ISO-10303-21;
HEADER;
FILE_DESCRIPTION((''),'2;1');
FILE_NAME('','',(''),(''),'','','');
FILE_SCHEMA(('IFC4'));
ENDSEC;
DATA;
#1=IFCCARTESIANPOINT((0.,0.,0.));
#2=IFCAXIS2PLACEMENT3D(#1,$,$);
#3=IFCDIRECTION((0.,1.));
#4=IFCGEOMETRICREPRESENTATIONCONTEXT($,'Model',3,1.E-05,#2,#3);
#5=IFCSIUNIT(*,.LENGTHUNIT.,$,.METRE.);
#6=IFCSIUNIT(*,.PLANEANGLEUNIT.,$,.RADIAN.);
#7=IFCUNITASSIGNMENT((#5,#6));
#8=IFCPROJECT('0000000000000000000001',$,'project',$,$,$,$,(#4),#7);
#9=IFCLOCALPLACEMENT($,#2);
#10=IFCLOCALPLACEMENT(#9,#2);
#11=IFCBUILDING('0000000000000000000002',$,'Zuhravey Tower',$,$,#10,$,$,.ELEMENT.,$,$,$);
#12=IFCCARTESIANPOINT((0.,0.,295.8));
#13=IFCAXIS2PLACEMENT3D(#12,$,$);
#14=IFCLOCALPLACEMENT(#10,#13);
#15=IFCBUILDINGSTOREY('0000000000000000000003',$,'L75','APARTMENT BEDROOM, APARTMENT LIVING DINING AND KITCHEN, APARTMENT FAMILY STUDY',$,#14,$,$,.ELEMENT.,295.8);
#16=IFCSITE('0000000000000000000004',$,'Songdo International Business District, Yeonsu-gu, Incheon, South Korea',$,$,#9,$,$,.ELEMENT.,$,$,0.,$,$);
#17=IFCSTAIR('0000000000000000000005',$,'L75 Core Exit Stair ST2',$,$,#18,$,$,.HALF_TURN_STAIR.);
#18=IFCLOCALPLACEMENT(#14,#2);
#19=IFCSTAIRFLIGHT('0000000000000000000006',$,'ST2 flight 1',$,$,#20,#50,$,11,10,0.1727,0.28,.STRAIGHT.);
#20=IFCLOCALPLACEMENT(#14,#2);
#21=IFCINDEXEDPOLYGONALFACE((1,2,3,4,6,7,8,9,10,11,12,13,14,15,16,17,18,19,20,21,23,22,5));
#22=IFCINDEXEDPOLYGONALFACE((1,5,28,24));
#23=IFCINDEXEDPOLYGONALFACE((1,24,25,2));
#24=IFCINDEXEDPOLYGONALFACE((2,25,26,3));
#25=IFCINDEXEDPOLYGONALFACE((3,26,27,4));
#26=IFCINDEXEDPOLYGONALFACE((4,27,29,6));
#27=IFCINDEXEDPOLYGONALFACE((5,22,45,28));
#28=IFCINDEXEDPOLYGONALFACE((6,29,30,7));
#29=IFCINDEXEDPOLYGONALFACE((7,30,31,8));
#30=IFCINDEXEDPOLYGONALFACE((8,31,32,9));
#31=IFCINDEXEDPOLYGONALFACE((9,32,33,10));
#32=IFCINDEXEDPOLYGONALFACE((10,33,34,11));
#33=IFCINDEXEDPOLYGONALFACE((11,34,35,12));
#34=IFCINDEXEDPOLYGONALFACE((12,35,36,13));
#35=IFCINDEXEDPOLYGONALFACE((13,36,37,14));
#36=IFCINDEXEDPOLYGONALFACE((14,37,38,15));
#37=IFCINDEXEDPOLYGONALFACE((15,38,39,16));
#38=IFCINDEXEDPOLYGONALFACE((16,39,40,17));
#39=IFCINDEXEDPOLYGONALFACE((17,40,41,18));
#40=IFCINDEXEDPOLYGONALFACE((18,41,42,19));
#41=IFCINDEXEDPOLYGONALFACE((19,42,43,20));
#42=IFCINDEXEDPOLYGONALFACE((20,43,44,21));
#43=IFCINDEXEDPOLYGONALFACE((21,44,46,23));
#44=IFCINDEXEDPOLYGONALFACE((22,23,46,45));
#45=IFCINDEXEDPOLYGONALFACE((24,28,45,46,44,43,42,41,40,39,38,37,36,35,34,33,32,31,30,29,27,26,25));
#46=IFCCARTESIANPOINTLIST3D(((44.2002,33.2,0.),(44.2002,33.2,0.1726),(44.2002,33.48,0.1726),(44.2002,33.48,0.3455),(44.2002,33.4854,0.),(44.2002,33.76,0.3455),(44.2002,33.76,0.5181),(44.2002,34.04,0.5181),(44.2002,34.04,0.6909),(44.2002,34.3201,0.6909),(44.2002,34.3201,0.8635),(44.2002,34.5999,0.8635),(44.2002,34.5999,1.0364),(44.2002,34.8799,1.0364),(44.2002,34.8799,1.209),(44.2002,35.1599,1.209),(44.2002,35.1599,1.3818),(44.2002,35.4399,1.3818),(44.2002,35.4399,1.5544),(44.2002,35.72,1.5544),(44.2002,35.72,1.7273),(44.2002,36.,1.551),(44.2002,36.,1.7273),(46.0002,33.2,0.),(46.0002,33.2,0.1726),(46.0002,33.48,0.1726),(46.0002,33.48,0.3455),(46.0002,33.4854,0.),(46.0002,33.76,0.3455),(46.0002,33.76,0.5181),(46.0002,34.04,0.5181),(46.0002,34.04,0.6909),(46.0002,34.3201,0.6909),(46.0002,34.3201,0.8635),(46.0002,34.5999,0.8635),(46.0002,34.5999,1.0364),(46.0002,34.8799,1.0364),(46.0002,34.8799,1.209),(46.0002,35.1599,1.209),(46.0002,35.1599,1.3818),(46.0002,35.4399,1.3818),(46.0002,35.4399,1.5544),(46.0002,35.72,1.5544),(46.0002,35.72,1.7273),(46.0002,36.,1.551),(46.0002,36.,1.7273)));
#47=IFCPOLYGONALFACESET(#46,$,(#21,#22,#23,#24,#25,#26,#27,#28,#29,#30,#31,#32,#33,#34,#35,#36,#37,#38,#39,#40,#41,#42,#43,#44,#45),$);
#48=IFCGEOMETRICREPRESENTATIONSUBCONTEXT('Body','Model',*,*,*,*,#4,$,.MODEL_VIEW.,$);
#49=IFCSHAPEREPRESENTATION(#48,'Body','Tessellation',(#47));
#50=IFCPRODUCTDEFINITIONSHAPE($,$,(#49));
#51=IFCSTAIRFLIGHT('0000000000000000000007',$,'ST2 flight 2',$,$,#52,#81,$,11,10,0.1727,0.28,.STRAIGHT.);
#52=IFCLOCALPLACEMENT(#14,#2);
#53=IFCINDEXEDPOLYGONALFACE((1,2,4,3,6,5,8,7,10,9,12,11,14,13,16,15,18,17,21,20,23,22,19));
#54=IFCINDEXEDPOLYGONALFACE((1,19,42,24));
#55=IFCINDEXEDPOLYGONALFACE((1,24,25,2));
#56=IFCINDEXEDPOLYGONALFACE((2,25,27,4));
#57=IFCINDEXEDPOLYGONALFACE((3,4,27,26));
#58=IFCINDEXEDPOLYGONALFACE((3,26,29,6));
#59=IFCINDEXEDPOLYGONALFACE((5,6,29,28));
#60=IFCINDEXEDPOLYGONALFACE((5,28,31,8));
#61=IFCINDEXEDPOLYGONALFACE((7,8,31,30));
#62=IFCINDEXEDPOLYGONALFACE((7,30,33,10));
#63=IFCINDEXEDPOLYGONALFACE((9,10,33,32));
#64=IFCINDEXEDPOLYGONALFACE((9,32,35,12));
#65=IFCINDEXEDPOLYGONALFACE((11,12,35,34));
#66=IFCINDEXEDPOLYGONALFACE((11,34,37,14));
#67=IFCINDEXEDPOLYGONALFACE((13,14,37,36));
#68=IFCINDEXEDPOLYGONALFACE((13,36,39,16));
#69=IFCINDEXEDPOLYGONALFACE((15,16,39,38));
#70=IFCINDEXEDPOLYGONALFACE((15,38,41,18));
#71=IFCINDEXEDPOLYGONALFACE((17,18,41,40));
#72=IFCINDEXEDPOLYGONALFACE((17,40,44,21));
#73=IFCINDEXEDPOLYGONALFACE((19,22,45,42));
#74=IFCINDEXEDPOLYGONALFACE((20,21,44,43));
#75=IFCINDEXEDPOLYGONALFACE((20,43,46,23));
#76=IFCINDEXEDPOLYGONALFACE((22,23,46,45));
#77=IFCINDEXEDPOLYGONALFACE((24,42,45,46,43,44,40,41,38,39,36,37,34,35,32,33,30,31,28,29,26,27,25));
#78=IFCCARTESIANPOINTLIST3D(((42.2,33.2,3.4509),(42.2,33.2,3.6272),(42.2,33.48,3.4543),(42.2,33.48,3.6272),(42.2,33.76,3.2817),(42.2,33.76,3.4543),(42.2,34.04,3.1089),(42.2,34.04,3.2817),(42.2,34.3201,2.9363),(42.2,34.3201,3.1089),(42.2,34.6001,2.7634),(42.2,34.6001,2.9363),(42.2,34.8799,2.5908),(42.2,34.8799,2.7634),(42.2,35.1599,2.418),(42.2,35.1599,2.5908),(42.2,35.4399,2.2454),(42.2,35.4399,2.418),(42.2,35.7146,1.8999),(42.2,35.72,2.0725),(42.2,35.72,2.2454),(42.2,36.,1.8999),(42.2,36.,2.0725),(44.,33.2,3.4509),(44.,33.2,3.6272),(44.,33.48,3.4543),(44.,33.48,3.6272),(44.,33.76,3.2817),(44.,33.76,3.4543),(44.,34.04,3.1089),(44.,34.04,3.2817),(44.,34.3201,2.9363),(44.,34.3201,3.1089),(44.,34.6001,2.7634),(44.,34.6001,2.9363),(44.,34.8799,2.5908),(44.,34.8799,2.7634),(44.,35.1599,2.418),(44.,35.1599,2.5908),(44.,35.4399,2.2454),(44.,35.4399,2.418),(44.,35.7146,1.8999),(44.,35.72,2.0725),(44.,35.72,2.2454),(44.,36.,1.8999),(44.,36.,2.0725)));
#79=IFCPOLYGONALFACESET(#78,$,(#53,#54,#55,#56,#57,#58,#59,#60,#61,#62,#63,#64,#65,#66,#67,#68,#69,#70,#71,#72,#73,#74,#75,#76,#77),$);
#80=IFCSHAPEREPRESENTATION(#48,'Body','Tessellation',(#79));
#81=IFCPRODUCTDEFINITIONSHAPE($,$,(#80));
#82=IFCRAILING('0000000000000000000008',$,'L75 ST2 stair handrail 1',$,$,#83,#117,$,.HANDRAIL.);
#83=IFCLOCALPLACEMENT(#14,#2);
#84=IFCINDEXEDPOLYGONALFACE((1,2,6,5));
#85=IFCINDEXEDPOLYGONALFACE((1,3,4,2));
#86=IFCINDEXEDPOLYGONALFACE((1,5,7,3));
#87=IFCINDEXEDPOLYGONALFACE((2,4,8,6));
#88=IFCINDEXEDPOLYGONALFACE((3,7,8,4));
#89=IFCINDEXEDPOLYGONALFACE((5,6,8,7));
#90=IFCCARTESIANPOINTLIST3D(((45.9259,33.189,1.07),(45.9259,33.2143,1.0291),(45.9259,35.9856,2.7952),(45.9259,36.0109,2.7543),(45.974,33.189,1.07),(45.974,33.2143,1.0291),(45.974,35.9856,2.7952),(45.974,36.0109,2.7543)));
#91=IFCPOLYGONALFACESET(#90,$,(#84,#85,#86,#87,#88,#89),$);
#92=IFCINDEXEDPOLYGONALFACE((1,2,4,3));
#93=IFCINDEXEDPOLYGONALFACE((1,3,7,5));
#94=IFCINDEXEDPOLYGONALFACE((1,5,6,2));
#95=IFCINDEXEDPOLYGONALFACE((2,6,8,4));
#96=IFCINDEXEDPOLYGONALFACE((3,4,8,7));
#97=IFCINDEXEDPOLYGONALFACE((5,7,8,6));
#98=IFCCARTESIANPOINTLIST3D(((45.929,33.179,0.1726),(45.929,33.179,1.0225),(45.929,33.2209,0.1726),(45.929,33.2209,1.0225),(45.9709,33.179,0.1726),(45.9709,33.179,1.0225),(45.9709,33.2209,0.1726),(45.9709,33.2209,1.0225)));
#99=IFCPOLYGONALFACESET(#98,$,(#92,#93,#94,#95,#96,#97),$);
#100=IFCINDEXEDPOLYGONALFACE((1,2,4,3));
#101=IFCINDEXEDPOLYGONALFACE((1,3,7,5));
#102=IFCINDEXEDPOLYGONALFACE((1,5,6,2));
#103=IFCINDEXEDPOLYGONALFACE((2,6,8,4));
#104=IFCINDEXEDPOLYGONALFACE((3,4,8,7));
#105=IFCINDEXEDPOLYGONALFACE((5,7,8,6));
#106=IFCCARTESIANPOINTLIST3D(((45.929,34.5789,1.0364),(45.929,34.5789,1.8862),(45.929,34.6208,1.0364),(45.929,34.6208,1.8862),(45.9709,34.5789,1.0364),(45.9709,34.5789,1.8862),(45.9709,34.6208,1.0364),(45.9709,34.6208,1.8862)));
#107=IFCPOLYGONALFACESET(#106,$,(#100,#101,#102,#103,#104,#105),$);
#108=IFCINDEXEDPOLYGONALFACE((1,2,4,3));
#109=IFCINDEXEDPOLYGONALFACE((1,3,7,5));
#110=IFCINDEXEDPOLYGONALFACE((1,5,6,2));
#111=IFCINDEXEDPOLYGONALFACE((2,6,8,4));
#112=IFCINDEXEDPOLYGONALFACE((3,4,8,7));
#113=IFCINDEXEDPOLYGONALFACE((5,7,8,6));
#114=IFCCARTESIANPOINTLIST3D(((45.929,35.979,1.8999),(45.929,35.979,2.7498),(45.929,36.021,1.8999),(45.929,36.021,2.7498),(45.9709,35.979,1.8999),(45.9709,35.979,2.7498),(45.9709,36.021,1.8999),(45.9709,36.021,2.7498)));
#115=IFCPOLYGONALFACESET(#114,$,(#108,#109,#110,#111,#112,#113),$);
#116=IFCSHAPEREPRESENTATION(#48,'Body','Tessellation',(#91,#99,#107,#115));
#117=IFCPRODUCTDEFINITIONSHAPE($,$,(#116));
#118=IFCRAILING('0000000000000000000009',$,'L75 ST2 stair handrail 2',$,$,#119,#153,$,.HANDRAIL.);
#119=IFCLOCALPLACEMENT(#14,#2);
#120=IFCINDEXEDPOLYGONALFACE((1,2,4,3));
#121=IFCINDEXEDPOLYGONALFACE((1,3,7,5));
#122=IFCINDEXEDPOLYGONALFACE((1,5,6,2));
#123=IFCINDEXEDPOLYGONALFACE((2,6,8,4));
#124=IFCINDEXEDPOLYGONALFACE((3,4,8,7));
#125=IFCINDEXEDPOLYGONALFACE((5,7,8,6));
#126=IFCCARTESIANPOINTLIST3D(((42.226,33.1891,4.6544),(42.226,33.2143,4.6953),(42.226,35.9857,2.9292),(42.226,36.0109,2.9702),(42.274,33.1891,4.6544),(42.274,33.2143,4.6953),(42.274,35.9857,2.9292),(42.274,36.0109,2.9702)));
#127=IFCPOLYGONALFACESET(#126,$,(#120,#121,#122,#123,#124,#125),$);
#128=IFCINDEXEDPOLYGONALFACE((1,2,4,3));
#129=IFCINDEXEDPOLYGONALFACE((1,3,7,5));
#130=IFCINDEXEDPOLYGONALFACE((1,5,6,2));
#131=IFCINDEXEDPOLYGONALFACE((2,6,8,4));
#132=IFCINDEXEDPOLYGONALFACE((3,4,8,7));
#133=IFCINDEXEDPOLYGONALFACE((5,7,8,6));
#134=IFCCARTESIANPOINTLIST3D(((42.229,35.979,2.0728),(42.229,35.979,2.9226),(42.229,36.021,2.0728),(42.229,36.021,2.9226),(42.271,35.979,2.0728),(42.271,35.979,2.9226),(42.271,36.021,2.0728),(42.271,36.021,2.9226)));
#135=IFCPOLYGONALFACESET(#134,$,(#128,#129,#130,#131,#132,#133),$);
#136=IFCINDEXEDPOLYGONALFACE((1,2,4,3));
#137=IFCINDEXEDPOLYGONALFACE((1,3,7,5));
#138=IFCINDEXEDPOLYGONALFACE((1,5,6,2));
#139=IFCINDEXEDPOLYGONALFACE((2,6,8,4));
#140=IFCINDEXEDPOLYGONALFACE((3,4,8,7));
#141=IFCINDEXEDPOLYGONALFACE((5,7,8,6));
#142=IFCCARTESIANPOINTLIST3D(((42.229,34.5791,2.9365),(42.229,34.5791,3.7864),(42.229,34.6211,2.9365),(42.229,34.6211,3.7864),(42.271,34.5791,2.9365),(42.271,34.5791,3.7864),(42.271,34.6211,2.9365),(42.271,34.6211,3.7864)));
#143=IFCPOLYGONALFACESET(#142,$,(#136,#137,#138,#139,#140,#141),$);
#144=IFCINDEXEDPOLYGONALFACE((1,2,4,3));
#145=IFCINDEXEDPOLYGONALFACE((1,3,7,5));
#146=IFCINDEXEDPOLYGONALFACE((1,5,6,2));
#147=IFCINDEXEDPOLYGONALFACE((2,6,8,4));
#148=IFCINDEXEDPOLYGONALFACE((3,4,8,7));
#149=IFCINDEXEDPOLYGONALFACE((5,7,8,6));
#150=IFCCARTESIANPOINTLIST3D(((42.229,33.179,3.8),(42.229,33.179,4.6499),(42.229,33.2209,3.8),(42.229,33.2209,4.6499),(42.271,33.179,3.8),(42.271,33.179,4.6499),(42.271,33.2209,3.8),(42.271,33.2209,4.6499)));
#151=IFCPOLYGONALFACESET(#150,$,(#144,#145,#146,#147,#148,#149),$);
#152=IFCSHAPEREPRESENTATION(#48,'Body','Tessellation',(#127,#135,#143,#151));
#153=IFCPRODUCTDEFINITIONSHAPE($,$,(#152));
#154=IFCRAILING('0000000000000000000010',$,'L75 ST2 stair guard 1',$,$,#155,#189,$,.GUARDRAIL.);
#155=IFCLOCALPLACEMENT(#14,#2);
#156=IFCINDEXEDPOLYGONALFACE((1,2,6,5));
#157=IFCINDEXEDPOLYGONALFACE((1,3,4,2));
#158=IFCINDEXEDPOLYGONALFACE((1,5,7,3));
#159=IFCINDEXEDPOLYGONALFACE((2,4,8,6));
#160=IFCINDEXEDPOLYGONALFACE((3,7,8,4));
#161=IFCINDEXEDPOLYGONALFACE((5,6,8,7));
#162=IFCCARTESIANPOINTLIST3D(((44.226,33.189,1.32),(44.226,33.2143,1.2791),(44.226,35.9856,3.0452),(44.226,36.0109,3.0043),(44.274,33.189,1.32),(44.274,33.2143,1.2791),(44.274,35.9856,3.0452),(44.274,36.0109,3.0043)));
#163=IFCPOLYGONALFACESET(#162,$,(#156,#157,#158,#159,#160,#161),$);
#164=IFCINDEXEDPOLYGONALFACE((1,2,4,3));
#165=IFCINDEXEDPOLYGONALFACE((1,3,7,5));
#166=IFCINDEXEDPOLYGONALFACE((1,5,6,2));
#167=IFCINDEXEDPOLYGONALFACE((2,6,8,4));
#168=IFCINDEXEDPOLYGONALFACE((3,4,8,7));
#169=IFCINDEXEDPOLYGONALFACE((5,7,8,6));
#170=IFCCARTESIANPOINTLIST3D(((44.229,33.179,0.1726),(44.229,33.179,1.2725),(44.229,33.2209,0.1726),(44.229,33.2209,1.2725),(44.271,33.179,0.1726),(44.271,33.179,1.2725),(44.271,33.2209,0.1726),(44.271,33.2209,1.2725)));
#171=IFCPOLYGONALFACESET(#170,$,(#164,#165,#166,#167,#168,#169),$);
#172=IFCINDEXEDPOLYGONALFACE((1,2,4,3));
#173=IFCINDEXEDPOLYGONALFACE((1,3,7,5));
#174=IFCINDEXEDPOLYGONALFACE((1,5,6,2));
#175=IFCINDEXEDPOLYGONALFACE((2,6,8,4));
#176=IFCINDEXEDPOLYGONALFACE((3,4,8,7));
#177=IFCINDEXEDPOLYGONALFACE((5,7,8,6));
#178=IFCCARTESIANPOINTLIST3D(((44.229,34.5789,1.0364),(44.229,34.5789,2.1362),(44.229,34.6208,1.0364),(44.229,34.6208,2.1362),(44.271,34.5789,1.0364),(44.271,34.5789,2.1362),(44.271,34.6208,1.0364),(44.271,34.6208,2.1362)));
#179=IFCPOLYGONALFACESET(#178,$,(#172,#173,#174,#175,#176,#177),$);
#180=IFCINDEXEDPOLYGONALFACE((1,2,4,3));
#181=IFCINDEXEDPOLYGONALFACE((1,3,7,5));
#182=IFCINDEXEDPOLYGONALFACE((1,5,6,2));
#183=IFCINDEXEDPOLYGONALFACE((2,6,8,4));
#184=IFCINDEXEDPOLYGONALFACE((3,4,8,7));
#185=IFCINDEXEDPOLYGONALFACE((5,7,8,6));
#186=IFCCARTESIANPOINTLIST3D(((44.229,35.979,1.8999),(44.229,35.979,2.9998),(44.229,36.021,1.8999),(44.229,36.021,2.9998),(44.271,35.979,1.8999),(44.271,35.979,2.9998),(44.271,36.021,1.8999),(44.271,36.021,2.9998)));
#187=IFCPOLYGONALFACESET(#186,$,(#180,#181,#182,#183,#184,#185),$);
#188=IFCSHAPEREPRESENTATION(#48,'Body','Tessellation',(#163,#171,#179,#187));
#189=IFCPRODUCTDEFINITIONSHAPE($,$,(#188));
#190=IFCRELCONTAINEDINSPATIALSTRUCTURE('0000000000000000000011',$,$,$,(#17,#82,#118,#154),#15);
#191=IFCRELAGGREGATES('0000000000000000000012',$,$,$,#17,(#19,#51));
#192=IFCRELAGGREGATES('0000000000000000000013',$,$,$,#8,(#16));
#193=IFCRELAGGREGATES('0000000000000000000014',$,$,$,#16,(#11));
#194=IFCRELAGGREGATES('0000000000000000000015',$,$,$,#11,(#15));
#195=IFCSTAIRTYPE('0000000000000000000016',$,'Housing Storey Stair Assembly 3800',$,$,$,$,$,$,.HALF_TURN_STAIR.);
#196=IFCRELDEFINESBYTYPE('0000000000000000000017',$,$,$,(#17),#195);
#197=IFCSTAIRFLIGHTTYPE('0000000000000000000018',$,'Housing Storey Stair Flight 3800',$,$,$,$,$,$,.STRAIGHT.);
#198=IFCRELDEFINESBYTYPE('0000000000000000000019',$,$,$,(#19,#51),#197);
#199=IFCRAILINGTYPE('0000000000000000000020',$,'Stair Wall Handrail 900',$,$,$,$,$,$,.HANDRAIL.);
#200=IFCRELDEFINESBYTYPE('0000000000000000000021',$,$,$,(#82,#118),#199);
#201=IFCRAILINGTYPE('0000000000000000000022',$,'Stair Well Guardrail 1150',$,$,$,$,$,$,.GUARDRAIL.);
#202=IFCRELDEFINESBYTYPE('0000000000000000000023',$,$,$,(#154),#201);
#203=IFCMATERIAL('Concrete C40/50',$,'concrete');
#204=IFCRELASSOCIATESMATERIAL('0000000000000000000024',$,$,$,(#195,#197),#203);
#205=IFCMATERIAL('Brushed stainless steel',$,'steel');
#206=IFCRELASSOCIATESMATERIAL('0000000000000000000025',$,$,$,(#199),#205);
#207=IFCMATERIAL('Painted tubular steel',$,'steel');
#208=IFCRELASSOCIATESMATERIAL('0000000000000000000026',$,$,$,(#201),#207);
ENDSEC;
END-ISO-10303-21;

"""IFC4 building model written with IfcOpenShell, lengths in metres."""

from ifc_helpers import new_model, si_unit, direction, frame, origin, origin_2d, place, context, subcontext, project, spatial, polyline, rectangle, outline, extrude, material, type_object, element, aggregate, save


model = new_model("IFC4")

# Units and contexts
model_context = context("Model", 3, precision=1e-05, world=origin(), true_north=direction((0.0, 1.0)))
body_context = subcontext(model_context, "Body", "Model", "MODEL_VIEW")
ifc_project = project(units=[si_unit("LENGTHUNIT", "METRE"), si_unit("PLANEANGLEUNIT", "RADIAN")], contexts=[model_context])

# Site, building, storey
site_placement = place(None, origin())
site = spatial("IfcSite", under=ifc_project, at=site_placement, Name="Songdo International Business District, Yeonsu-gu, Incheon, South Korea", CompositionType="ELEMENT", RefElevation=0.0)
building_placement = place(site_placement, origin())
building = spatial("IfcBuilding", under=site, at=building_placement, Name="Zuhravey Tower", CompositionType="ELEMENT")
storey_placement = place(building_placement, frame((0.0, 0.0, 295.8)))
storey = spatial("IfcBuildingStorey", under=building, at=storey_placement, Name="L75", Description="APARTMENT BEDROOM, APARTMENT LIVING DINING AND KITCHEN, APARTMENT FAMILY STUDY", CompositionType="ELEMENT", Elevation=295.8)

# Stair, stair flights
ifc_material_1 = material(Name="Concrete C40/50", Category="concrete")
stair_type = type_object("IfcStairType", Name="Housing Storey Stair Assembly 3800", PredefinedType="HALF_TURN_STAIR", material=ifc_material_1)
stair_placement = place(storey_placement, origin())
stair = element("IfcStair", 1, at=stair_placement, inside=storey, type_object=stair_type, Name="L75 Core Exit Stair ST2", PredefinedType="HALF_TURN_STAIR")
stair_flight_type = type_object("IfcStairFlightType", Name="Housing Storey Stair Flight 3800", PredefinedType="STRAIGHT", material=ifc_material_1)
stair_flight_1_placement = place(storey_placement, frame((45.1001, 33.2, 0.0), z_axis=(0.0, 0.0, 1.0), x_axis=(0.0, 1.0, 0.0)))
stair_flight_1 = element("IfcStairFlight", 2, at=stair_flight_1_placement, type_object=stair_flight_type, Name="ST2 flight 1", NumberOfRisers=11, NumberOfTreads=10, PredefinedType="STRAIGHT", RiserHeight=0.1727, TreadLength=0.28, context=body_context, shape_type="SweptSolid", body=[
    extrude(outline(polyline([(0.0, 0.0), (0.0, 0.1726), (0.28, 0.1726), (0.28, 0.3455), (0.5601, 0.3455), (0.5601, 0.5181), (0.8401, 0.5181), (0.8401, 0.6909), (1.1201, 0.6909), (1.1201, 0.8635), (1.3999, 0.8635), (1.3999, 1.0364), (1.6799, 1.0364), (1.6799, 1.209), (1.96, 1.209), (1.96, 1.3818), (2.24, 1.3818), (2.24, 1.5544), (2.52, 1.5544), (2.52, 1.7273), (2.8, 1.7273), (2.8, 1.8999), (2.8, 1.551), (0.2854, 0.0), (0.0, 0.0)])), frame((0.0, 0.8999, 0.0), z_axis=(0.0, -1.0, 0.0), x_axis=(1.0, 0.0, 0.0)), (0.0, 0.0, 1.0), 1.8),
])
stair_flight_2_placement = place(storey_placement, frame((43.1001, 36.0, 1.8999), z_axis=(0.0, 0.0, 1.0), x_axis=(0.0, -1.0, 0.0)))
stair_flight_2 = element("IfcStairFlight", 3, at=stair_flight_2_placement, type_object=stair_flight_type, Name="ST2 flight 2", NumberOfRisers=11, NumberOfTreads=10, PredefinedType="STRAIGHT", RiserHeight=0.1727, TreadLength=0.28, context=body_context, shape_type="SweptSolid", body=[
    extrude(outline(polyline([(0.0, 0.0), (0.0, 0.1726), (0.28, 0.1726), (0.28, 0.3455), (0.5601, 0.3455), (0.5601, 0.5181), (0.8401, 0.5181), (0.8401, 0.6909), (1.1201, 0.6909), (1.1201, 0.8635), (1.3999, 0.8635), (1.3999, 1.0364), (1.6799, 1.0364), (1.6799, 1.209), (1.96, 1.209), (1.96, 1.3818), (2.24, 1.3818), (2.24, 1.5544), (2.52, 1.5544), (2.52, 1.7273), (2.8, 1.7273), (2.8, 1.8999), (2.8, 1.551), (0.2854, 0.0), (0.0, 0.0)])), frame((0.0, 0.8999, 0.0), z_axis=(0.0, -1.0, 0.0), x_axis=(1.0, 0.0, 0.0)), (0.0, 0.0, 1.0), 1.8),
])
aggregate(stair, [stair_flight_1, stair_flight_2])

# Railings
ifc_material_2 = material(Name="Brushed stainless steel", Category="steel")
railing_type_1 = type_object("IfcRailingType", Name="Stair Wall Handrail 900", PredefinedType="HANDRAIL", material=ifc_material_2)
railing_1_placement = place(storey_placement, frame((45.95, 33.2, 0.1726)))
element("IfcRailing", 4, at=railing_1_placement, inside=storey, type_object=railing_type_1, Name="L75 ST2 stair handrail 1", PredefinedType="HANDRAIL", context=body_context, shape_type="SweptSolid", body=[
    extrude(rectangle(XDim=0.0481, YDim=0.0481, at=origin_2d()), frame((0.0, 0.0017, 0.877), z_axis=(0.0, 0.85109, 0.52502), x_axis=(-1.0, 0.0, 0.0)), (0.0, 0.0, 1.0), 3.2859),
    extrude(rectangle(XDim=0.042, YDim=0.042, at=origin_2d()), origin(), (0.0, 0.0, 1.0), 0.8499),
    extrude(rectangle(XDim=0.042, YDim=0.042, at=origin_2d()), frame((0.0, 1.3999, 0.8638)), (0.0, 0.0, 1.0), 0.8499),
    extrude(rectangle(XDim=0.042, YDim=0.042, at=origin_2d()), frame((0.0, 2.8, 1.7273)), (0.0, 0.0, 1.0), 0.8499),
])
railing_2_placement = place(storey_placement, frame((42.25, 36.0, 2.0728)))
element("IfcRailing", 5, at=railing_2_placement, inside=storey, type_object=railing_type_1, Name="L75 ST2 stair handrail 2", PredefinedType="HANDRAIL", context=body_context, shape_type="SweptSolid", body=[
    extrude(rectangle(XDim=0.0481, YDim=0.0481, at=origin_2d()), frame((0.0, -0.0017, 0.877), z_axis=(0.0, -0.85109, 0.52502), x_axis=(1.0, 0.0, 0.0)), (0.0, 0.0, 1.0), 3.2859),
    extrude(rectangle(XDim=0.042, YDim=0.042, at=origin_2d()), origin(), (0.0, 0.0, 1.0), 0.8499),
    extrude(rectangle(XDim=0.042, YDim=0.042, at=origin_2d()), frame((0.0, -1.3999, 0.8638)), (0.0, 0.0, 1.0), 0.8499),
    extrude(rectangle(XDim=0.042, YDim=0.042, at=origin_2d()), frame((0.0, -2.8, 1.7273)), (0.0, 0.0, 1.0), 0.8499),
])
ifc_material_3 = material(Name="Painted tubular steel", Category="steel")
railing_type_2 = type_object("IfcRailingType", Name="Stair Well Guardrail 1150", PredefinedType="GUARDRAIL", material=ifc_material_3)
railing_3_placement = place(storey_placement, frame((44.25, 33.2, 0.1726)))
element("IfcRailing", 6, at=railing_3_placement, inside=storey, type_object=railing_type_2, Name="L75 ST2 stair guard 1", PredefinedType="GUARDRAIL", context=body_context, shape_type="SweptSolid", body=[
    extrude(rectangle(XDim=0.0481, YDim=0.0481, at=origin_2d()), frame((0.0, 0.0017, 1.127), z_axis=(0.0, 0.85109, 0.52502), x_axis=(-1.0, 0.0, 0.0)), (0.0, 0.0, 1.0), 3.2859),
    extrude(rectangle(XDim=0.042, YDim=0.042, at=origin_2d()), origin(), (0.0, 0.0, 1.0), 1.0999),
    extrude(rectangle(XDim=0.042, YDim=0.042, at=origin_2d()), frame((0.0, 1.3999, 0.8638)), (0.0, 0.0, 1.0), 1.0999),
    extrude(rectangle(XDim=0.042, YDim=0.042, at=origin_2d()), frame((0.0, 2.8, 1.7273)), (0.0, 0.0, 1.0), 1.0999),
])

save(model, "model.ifc")
